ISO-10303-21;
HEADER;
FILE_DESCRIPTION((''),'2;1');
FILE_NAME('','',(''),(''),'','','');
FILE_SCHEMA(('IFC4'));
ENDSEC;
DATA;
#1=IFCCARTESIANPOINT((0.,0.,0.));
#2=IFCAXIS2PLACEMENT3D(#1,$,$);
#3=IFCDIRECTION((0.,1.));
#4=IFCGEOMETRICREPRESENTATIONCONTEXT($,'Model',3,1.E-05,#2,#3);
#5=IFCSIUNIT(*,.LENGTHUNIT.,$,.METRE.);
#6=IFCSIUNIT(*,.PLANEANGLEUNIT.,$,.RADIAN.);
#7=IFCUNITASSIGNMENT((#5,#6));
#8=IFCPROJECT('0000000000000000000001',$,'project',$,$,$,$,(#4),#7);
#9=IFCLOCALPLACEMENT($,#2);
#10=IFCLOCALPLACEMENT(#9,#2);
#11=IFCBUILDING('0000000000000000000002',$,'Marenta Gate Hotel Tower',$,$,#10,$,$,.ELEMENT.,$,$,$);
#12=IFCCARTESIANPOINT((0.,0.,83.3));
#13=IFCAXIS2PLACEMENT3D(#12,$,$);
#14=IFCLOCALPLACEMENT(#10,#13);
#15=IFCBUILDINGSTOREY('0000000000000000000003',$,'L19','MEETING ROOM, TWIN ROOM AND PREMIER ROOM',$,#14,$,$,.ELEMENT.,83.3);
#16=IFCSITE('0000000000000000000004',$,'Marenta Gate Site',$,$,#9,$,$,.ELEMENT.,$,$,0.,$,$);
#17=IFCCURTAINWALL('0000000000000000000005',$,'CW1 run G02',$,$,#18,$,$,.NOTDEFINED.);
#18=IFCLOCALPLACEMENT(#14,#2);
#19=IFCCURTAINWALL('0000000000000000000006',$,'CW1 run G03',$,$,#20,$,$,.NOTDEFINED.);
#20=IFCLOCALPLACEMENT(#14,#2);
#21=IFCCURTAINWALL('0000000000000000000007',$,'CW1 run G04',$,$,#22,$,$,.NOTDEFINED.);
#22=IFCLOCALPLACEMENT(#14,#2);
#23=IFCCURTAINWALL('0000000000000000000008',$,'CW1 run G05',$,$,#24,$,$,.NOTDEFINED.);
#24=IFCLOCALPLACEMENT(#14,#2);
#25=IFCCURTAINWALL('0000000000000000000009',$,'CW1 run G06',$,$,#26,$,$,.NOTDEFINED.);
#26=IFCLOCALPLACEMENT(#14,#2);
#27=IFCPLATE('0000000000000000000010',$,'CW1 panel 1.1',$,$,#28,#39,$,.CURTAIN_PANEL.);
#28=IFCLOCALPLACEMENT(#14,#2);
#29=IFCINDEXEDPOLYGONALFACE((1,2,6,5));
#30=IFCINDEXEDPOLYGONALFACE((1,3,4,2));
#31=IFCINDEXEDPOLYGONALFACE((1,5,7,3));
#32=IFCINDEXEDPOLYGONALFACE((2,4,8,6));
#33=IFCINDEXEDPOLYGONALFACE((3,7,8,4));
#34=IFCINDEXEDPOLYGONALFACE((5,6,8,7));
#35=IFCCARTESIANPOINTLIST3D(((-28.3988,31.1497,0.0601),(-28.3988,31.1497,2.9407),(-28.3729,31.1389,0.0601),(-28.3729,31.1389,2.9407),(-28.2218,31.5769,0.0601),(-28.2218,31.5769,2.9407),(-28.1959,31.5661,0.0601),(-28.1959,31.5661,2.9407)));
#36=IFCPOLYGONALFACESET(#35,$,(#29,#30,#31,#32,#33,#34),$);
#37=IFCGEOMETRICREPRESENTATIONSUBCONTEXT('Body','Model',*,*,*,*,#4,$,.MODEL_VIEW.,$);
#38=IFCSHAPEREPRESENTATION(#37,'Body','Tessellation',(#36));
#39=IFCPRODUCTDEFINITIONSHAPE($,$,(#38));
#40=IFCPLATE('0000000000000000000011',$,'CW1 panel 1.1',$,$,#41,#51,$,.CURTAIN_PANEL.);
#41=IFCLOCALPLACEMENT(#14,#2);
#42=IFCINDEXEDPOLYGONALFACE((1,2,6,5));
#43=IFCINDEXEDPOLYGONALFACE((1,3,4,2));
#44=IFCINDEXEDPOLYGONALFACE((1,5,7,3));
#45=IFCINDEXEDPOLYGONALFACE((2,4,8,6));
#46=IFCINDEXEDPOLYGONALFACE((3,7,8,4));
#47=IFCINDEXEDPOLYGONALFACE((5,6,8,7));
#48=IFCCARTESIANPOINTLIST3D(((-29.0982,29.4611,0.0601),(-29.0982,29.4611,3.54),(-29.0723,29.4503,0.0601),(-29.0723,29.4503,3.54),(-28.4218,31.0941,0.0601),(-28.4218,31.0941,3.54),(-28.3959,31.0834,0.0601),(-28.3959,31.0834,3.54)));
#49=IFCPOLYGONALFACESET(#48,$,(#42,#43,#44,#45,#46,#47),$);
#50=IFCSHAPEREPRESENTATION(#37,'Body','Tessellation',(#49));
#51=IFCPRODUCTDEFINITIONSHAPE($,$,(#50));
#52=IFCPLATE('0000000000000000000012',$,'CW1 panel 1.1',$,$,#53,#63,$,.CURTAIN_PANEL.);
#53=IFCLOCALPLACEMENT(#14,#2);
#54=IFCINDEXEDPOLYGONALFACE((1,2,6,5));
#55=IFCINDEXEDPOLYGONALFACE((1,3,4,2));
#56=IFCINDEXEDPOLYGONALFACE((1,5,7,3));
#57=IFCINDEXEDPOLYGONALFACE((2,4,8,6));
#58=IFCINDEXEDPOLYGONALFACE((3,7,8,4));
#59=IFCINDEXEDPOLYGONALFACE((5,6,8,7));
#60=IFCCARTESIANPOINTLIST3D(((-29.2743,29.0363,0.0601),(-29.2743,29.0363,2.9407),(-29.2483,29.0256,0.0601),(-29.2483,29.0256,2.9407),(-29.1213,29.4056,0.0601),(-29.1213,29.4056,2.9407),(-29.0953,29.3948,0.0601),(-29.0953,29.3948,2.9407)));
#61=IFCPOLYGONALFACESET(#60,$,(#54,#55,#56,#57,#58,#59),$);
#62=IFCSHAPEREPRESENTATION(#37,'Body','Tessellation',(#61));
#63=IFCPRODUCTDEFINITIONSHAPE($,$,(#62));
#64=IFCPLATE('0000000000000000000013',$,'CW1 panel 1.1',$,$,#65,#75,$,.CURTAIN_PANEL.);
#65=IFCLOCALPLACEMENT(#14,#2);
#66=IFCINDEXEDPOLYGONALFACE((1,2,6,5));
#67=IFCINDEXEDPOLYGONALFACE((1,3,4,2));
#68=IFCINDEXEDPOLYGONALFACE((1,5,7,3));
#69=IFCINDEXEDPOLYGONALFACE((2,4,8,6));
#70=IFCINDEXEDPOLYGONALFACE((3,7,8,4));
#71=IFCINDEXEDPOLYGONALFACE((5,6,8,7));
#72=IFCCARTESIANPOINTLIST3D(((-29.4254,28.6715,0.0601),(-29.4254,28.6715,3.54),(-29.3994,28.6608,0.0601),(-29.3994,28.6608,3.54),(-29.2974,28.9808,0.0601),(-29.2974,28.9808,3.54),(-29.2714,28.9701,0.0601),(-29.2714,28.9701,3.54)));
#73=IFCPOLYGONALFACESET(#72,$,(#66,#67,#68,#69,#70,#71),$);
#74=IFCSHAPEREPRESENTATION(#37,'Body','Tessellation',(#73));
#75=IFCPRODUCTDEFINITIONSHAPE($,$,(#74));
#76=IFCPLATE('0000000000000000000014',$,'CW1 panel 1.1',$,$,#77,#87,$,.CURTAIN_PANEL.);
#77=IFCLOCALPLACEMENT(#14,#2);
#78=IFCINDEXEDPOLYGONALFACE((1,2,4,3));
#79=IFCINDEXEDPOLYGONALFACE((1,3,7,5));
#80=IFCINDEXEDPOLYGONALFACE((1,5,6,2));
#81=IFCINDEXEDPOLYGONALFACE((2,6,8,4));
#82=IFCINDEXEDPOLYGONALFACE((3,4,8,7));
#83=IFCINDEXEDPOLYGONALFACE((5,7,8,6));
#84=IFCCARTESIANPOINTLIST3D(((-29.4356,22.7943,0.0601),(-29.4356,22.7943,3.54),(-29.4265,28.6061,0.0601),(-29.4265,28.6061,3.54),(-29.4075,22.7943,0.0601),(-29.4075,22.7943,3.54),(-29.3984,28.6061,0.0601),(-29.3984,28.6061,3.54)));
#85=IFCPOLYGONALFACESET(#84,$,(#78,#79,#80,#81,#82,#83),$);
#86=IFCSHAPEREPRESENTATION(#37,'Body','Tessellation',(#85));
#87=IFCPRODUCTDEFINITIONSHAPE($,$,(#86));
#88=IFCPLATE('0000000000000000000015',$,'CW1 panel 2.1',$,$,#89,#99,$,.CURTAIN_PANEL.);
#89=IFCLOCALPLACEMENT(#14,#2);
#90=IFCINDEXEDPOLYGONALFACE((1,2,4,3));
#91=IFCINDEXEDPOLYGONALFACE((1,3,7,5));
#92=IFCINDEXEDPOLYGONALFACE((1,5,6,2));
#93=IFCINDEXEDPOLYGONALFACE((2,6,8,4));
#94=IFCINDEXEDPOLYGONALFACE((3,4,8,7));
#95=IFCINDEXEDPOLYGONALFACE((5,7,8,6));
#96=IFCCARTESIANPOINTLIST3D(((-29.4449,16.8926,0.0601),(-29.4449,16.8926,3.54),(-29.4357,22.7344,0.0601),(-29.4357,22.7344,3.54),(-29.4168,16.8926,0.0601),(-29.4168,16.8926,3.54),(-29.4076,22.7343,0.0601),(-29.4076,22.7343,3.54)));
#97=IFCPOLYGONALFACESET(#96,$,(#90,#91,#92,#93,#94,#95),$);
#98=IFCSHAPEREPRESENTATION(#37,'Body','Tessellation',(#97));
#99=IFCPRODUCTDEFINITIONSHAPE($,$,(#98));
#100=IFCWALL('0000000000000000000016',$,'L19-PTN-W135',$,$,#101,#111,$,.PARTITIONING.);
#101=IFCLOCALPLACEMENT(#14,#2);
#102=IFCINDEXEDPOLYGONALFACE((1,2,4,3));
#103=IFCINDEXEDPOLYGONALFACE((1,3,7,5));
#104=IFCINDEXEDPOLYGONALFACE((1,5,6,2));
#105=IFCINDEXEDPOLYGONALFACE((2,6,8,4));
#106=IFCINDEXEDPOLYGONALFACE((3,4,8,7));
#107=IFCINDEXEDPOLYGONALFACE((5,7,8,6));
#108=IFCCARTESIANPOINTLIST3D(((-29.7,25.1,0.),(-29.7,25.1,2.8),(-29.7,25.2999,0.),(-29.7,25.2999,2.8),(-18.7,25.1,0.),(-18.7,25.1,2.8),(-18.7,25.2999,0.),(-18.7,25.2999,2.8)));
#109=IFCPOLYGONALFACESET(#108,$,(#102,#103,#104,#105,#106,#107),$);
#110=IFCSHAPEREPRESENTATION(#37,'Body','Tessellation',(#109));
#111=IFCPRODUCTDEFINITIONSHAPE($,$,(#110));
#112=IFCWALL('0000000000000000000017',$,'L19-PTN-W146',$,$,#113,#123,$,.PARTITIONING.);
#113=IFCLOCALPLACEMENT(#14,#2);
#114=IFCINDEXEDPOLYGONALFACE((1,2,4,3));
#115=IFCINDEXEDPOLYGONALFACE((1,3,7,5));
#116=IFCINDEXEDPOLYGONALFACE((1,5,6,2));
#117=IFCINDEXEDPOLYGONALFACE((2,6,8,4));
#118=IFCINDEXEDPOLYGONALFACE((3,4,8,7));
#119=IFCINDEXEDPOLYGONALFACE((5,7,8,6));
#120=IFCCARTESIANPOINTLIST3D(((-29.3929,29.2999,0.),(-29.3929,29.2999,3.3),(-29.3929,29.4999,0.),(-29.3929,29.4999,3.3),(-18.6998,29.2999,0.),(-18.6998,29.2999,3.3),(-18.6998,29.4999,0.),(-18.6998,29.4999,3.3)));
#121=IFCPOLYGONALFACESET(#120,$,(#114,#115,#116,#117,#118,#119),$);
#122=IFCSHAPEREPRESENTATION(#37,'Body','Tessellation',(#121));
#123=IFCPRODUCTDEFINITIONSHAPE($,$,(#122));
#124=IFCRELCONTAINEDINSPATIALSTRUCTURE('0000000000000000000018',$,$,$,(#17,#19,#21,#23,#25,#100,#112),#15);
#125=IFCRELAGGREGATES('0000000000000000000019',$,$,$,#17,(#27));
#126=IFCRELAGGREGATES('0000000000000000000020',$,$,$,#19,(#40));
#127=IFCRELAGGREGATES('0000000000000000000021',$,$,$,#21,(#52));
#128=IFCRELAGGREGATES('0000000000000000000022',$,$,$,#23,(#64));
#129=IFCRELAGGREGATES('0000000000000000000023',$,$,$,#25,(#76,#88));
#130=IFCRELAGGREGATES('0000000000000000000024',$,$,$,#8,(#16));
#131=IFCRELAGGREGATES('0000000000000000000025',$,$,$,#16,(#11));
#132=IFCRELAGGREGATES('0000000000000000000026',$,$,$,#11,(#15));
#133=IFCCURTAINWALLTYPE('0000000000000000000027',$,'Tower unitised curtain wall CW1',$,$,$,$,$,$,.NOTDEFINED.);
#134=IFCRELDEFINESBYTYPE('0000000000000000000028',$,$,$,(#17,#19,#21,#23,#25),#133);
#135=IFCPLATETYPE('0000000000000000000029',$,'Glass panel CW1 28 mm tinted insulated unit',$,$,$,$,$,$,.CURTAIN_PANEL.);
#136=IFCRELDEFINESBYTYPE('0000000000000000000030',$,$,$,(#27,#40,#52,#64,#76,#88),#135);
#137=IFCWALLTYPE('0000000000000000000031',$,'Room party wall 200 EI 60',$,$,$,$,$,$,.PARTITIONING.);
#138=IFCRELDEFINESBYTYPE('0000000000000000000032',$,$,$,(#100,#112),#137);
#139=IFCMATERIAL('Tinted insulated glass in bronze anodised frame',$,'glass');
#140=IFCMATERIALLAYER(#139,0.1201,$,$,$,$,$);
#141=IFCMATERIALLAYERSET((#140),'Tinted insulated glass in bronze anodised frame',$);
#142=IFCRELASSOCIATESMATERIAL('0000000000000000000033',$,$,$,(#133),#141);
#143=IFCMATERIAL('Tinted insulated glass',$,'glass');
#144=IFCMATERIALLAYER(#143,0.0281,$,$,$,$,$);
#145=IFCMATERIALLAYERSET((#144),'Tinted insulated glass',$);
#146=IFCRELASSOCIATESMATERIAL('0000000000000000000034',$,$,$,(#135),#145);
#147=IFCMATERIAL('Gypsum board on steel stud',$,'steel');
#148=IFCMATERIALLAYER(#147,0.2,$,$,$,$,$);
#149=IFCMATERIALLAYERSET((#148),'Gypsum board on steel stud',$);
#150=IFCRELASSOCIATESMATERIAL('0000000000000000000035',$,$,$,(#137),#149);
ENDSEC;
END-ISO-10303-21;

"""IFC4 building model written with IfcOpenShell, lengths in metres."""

from ifc_helpers import new_model, si_unit, direction, frame, frame_2d, origin, origin_2d, place, context, subcontext, project, spatial, rectangle, extrude, material, layer, layer_set, type_object, element, aggregate, save


model = new_model("IFC4")

# Units and contexts
model_context = context("Model", 3, precision=1e-05, world=origin(), true_north=direction((0.0, 1.0)))
body_context = subcontext(model_context, "Body", "Model", "MODEL_VIEW")
ifc_project = project(units=[si_unit("LENGTHUNIT", "METRE"), si_unit("PLANEANGLEUNIT", "RADIAN")], contexts=[model_context])

# Site, building, storey
site_placement = place(None, origin())
site = spatial("IfcSite", under=ifc_project, at=site_placement, Name="Marenta Gate Site", CompositionType="ELEMENT", RefElevation=0.0)
building_placement = place(site_placement, origin())
building = spatial("IfcBuilding", under=site, at=building_placement, Name="Marenta Gate Hotel Tower", CompositionType="ELEMENT")
storey_placement = place(building_placement, frame((0.0, 0.0, 83.3)))
storey = spatial("IfcBuildingStorey", under=building, at=storey_placement, Name="L19", Description="MEETING ROOM, TWIN ROOM AND PREMIER ROOM", CompositionType="ELEMENT", Elevation=83.3)

# Curtain walls
ifc_material_1 = material(Name="Tinted insulated glass in bronze anodised frame", Category="glass")
ifc_layer_1 = layer(ifc_material_1, 0.1201)
ifc_layer_set_1 = layer_set([ifc_layer_1], Name="Tinted insulated glass in bronze anodised frame")
curtain_wall_type = type_object("IfcCurtainWallType", Name="Tower unitised curtain wall CW1", PredefinedType="NOTDEFINED", material=ifc_layer_set_1)
curtain_wall_1_placement = place(storey_placement, origin())
curtain_wall_1 = element("IfcCurtainWall", 1, at=curtain_wall_1_placement, inside=storey, type_object=curtain_wall_type, Name="CW1 run G02", PredefinedType="NOTDEFINED")
curtain_wall_2_placement = place(storey_placement, origin())
curtain_wall_2 = element("IfcCurtainWall", 2, at=curtain_wall_2_placement, inside=storey, type_object=curtain_wall_type, Name="CW1 run G03", PredefinedType="NOTDEFINED")
curtain_wall_3_placement = place(storey_placement, origin())
curtain_wall_3 = element("IfcCurtainWall", 3, at=curtain_wall_3_placement, inside=storey, type_object=curtain_wall_type, Name="CW1 run G04", PredefinedType="NOTDEFINED")
curtain_wall_4_placement = place(storey_placement, origin())
curtain_wall_4 = element("IfcCurtainWall", 4, at=curtain_wall_4_placement, inside=storey, type_object=curtain_wall_type, Name="CW1 run G05", PredefinedType="NOTDEFINED")

# Curtain wall
curtain_wall_5_placement = place(storey_placement, origin())
curtain_wall_5 = element("IfcCurtainWall", 5, at=curtain_wall_5_placement, inside=storey, type_object=curtain_wall_type, Name="CW1 run G06", PredefinedType="NOTDEFINED")

# Plates
ifc_material_2 = material(Name="Tinted insulated glass", Category="glass")
ifc_layer_2 = layer(ifc_material_2, 0.0281)
ifc_layer_set_2 = layer_set([ifc_layer_2], Name="Tinted insulated glass")
plate_type = type_object("IfcPlateType", Name="Glass panel CW1 28 mm tinted insulated unit", PredefinedType="CURTAIN_PANEL", material=ifc_layer_set_2)
plate_1_placement = place(storey_placement, frame((-28.2974, 31.3579, 0.0601), z_axis=(0.0, 0.0, 1.0), x_axis=(-0.382752, -0.923851, 0.0)))
plate_1 = element("IfcPlate", 6, at=plate_1_placement, type_object=plate_type, Name="CW1 panel 1.1", PredefinedType="CURTAIN_PANEL", context=body_context, shape_type="SweptSolid", body=[
    extrude(rectangle(XDim=0.4624, YDim=0.0281, at=origin_2d()), origin(), (0.0, 0.0, 1.0), 2.8806),
])
aggregate(curtain_wall_1, [plate_1])
plate_2_placement = place(storey_placement, frame((-28.7471, 30.2722, 0.0601), z_axis=(0.0, 0.0, 1.0), x_axis=(-0.382664, -0.923887, 0.0)))
plate_2 = element("IfcPlate", 7, at=plate_2_placement, type_object=plate_type, Name="CW1 panel 1.1", PredefinedType="CURTAIN_PANEL", context=body_context, shape_type="SweptSolid", body=[
    extrude(rectangle(XDim=1.7676, YDim=0.0281, at=origin_2d()), origin(), (0.0, 0.0, 1.0), 3.48),
])
aggregate(curtain_wall_2, [plate_2])
plate_3_placement = place(storey_placement, frame((-29.1848, 29.2156, 0.0601), z_axis=(0.0, 0.0, 1.0), x_axis=(-0.382838, -0.923815, 0.0)))
plate_3 = element("IfcPlate", 8, at=plate_3_placement, type_object=plate_type, Name="CW1 panel 1.1", PredefinedType="CURTAIN_PANEL", context=body_context, shape_type="SweptSolid", body=[
    extrude(rectangle(XDim=0.3997, YDim=0.0281, at=origin_2d()), origin(), (0.0, 0.0, 1.0), 2.8806),
])
aggregate(curtain_wall_3, [plate_3])
plate_4_placement = place(storey_placement, frame((-29.3484, 28.8208, 0.0601), z_axis=(0.0, 0.0, 1.0), x_axis=(-0.382456, -0.923974, 0.0)))
plate_4 = element("IfcPlate", 9, at=plate_4_placement, type_object=plate_type, Name="CW1 panel 1.1", PredefinedType="CURTAIN_PANEL", context=body_context, shape_type="SweptSolid", body=[
    extrude(rectangle(XDim=0.3347, YDim=0.0281, at=origin_2d()), origin(), (0.0, 0.0, 1.0), 3.48),
])
aggregate(curtain_wall_4, [plate_4])
plate_5_placement = place(storey_placement, frame((-29.417, 25.7002, 0.0601), z_axis=(0.0, 0.0, 1.0), x_axis=(-0.00157, -0.999999, 0.0)))
plate_5 = element("IfcPlate", 10, at=plate_5_placement, type_object=plate_type, Name="CW1 panel 1.1", PredefinedType="CURTAIN_PANEL", context=body_context, shape_type="SweptSolid", body=[
    extrude(rectangle(XDim=5.8118, YDim=0.0281, at=origin_2d()), origin(), (0.0, 0.0, 1.0), 3.48),
])
plate_6_placement = place(storey_placement, frame((-29.4263, 19.8135, 0.0601), z_axis=(0.0, 0.0, 1.0), x_axis=(-0.00157, -0.999999, 0.0)))
plate_6 = element("IfcPlate", 11, at=plate_6_placement, type_object=plate_type, Name="CW1 panel 2.1", PredefinedType="CURTAIN_PANEL", context=body_context, shape_type="SweptSolid", body=[
    extrude(rectangle(XDim=5.8418, YDim=0.0281, at=origin_2d()), origin(), (0.0, 0.0, 1.0), 3.48),
])
aggregate(curtain_wall_5, [plate_5, plate_6])

# Walls
ifc_material_3 = material(Name="Gypsum board on steel stud", Category="steel")
ifc_layer_3 = layer(ifc_material_3, 0.2)
ifc_layer_set_3 = layer_set([ifc_layer_3], Name="Gypsum board on steel stud")
wall_type = type_object("IfcWallType", Name="Room party wall 200 EI 60", PredefinedType="PARTITIONING", material=ifc_layer_set_3)
wall_1_placement = place(storey_placement, frame((-29.7, 25.2, 0.0), z_axis=(0.0, 0.0, 1.0), x_axis=(1.0, 0.0, 0.0)))
element("IfcWall", 12, at=wall_1_placement, inside=storey, type_object=wall_type, Name="L19-PTN-W135", PredefinedType="PARTITIONING", context=body_context, shape_type="SweptSolid", body=[
    extrude(rectangle(XDim=11.0, YDim=0.2, at=frame_2d((5.5, 0.0))), origin(), (0.0, 0.0, 1.0), 2.8),
])
wall_2_placement = place(storey_placement, frame((-29.3931, 29.3999, 0.0), z_axis=(0.0, 0.0, 1.0), x_axis=(1.0, 0.0, 0.0)))
element("IfcWall", 13, at=wall_2_placement, inside=storey, type_object=wall_type, Name="L19-PTN-W146", PredefinedType="PARTITIONING", context=body_context, shape_type="SweptSolid", body=[
    extrude(rectangle(XDim=10.6931, YDim=0.2, at=frame_2d((5.3467, 0.0))), origin(), (0.0, 0.0, 1.0), 3.3),
])

save(model, "model.ifc")
